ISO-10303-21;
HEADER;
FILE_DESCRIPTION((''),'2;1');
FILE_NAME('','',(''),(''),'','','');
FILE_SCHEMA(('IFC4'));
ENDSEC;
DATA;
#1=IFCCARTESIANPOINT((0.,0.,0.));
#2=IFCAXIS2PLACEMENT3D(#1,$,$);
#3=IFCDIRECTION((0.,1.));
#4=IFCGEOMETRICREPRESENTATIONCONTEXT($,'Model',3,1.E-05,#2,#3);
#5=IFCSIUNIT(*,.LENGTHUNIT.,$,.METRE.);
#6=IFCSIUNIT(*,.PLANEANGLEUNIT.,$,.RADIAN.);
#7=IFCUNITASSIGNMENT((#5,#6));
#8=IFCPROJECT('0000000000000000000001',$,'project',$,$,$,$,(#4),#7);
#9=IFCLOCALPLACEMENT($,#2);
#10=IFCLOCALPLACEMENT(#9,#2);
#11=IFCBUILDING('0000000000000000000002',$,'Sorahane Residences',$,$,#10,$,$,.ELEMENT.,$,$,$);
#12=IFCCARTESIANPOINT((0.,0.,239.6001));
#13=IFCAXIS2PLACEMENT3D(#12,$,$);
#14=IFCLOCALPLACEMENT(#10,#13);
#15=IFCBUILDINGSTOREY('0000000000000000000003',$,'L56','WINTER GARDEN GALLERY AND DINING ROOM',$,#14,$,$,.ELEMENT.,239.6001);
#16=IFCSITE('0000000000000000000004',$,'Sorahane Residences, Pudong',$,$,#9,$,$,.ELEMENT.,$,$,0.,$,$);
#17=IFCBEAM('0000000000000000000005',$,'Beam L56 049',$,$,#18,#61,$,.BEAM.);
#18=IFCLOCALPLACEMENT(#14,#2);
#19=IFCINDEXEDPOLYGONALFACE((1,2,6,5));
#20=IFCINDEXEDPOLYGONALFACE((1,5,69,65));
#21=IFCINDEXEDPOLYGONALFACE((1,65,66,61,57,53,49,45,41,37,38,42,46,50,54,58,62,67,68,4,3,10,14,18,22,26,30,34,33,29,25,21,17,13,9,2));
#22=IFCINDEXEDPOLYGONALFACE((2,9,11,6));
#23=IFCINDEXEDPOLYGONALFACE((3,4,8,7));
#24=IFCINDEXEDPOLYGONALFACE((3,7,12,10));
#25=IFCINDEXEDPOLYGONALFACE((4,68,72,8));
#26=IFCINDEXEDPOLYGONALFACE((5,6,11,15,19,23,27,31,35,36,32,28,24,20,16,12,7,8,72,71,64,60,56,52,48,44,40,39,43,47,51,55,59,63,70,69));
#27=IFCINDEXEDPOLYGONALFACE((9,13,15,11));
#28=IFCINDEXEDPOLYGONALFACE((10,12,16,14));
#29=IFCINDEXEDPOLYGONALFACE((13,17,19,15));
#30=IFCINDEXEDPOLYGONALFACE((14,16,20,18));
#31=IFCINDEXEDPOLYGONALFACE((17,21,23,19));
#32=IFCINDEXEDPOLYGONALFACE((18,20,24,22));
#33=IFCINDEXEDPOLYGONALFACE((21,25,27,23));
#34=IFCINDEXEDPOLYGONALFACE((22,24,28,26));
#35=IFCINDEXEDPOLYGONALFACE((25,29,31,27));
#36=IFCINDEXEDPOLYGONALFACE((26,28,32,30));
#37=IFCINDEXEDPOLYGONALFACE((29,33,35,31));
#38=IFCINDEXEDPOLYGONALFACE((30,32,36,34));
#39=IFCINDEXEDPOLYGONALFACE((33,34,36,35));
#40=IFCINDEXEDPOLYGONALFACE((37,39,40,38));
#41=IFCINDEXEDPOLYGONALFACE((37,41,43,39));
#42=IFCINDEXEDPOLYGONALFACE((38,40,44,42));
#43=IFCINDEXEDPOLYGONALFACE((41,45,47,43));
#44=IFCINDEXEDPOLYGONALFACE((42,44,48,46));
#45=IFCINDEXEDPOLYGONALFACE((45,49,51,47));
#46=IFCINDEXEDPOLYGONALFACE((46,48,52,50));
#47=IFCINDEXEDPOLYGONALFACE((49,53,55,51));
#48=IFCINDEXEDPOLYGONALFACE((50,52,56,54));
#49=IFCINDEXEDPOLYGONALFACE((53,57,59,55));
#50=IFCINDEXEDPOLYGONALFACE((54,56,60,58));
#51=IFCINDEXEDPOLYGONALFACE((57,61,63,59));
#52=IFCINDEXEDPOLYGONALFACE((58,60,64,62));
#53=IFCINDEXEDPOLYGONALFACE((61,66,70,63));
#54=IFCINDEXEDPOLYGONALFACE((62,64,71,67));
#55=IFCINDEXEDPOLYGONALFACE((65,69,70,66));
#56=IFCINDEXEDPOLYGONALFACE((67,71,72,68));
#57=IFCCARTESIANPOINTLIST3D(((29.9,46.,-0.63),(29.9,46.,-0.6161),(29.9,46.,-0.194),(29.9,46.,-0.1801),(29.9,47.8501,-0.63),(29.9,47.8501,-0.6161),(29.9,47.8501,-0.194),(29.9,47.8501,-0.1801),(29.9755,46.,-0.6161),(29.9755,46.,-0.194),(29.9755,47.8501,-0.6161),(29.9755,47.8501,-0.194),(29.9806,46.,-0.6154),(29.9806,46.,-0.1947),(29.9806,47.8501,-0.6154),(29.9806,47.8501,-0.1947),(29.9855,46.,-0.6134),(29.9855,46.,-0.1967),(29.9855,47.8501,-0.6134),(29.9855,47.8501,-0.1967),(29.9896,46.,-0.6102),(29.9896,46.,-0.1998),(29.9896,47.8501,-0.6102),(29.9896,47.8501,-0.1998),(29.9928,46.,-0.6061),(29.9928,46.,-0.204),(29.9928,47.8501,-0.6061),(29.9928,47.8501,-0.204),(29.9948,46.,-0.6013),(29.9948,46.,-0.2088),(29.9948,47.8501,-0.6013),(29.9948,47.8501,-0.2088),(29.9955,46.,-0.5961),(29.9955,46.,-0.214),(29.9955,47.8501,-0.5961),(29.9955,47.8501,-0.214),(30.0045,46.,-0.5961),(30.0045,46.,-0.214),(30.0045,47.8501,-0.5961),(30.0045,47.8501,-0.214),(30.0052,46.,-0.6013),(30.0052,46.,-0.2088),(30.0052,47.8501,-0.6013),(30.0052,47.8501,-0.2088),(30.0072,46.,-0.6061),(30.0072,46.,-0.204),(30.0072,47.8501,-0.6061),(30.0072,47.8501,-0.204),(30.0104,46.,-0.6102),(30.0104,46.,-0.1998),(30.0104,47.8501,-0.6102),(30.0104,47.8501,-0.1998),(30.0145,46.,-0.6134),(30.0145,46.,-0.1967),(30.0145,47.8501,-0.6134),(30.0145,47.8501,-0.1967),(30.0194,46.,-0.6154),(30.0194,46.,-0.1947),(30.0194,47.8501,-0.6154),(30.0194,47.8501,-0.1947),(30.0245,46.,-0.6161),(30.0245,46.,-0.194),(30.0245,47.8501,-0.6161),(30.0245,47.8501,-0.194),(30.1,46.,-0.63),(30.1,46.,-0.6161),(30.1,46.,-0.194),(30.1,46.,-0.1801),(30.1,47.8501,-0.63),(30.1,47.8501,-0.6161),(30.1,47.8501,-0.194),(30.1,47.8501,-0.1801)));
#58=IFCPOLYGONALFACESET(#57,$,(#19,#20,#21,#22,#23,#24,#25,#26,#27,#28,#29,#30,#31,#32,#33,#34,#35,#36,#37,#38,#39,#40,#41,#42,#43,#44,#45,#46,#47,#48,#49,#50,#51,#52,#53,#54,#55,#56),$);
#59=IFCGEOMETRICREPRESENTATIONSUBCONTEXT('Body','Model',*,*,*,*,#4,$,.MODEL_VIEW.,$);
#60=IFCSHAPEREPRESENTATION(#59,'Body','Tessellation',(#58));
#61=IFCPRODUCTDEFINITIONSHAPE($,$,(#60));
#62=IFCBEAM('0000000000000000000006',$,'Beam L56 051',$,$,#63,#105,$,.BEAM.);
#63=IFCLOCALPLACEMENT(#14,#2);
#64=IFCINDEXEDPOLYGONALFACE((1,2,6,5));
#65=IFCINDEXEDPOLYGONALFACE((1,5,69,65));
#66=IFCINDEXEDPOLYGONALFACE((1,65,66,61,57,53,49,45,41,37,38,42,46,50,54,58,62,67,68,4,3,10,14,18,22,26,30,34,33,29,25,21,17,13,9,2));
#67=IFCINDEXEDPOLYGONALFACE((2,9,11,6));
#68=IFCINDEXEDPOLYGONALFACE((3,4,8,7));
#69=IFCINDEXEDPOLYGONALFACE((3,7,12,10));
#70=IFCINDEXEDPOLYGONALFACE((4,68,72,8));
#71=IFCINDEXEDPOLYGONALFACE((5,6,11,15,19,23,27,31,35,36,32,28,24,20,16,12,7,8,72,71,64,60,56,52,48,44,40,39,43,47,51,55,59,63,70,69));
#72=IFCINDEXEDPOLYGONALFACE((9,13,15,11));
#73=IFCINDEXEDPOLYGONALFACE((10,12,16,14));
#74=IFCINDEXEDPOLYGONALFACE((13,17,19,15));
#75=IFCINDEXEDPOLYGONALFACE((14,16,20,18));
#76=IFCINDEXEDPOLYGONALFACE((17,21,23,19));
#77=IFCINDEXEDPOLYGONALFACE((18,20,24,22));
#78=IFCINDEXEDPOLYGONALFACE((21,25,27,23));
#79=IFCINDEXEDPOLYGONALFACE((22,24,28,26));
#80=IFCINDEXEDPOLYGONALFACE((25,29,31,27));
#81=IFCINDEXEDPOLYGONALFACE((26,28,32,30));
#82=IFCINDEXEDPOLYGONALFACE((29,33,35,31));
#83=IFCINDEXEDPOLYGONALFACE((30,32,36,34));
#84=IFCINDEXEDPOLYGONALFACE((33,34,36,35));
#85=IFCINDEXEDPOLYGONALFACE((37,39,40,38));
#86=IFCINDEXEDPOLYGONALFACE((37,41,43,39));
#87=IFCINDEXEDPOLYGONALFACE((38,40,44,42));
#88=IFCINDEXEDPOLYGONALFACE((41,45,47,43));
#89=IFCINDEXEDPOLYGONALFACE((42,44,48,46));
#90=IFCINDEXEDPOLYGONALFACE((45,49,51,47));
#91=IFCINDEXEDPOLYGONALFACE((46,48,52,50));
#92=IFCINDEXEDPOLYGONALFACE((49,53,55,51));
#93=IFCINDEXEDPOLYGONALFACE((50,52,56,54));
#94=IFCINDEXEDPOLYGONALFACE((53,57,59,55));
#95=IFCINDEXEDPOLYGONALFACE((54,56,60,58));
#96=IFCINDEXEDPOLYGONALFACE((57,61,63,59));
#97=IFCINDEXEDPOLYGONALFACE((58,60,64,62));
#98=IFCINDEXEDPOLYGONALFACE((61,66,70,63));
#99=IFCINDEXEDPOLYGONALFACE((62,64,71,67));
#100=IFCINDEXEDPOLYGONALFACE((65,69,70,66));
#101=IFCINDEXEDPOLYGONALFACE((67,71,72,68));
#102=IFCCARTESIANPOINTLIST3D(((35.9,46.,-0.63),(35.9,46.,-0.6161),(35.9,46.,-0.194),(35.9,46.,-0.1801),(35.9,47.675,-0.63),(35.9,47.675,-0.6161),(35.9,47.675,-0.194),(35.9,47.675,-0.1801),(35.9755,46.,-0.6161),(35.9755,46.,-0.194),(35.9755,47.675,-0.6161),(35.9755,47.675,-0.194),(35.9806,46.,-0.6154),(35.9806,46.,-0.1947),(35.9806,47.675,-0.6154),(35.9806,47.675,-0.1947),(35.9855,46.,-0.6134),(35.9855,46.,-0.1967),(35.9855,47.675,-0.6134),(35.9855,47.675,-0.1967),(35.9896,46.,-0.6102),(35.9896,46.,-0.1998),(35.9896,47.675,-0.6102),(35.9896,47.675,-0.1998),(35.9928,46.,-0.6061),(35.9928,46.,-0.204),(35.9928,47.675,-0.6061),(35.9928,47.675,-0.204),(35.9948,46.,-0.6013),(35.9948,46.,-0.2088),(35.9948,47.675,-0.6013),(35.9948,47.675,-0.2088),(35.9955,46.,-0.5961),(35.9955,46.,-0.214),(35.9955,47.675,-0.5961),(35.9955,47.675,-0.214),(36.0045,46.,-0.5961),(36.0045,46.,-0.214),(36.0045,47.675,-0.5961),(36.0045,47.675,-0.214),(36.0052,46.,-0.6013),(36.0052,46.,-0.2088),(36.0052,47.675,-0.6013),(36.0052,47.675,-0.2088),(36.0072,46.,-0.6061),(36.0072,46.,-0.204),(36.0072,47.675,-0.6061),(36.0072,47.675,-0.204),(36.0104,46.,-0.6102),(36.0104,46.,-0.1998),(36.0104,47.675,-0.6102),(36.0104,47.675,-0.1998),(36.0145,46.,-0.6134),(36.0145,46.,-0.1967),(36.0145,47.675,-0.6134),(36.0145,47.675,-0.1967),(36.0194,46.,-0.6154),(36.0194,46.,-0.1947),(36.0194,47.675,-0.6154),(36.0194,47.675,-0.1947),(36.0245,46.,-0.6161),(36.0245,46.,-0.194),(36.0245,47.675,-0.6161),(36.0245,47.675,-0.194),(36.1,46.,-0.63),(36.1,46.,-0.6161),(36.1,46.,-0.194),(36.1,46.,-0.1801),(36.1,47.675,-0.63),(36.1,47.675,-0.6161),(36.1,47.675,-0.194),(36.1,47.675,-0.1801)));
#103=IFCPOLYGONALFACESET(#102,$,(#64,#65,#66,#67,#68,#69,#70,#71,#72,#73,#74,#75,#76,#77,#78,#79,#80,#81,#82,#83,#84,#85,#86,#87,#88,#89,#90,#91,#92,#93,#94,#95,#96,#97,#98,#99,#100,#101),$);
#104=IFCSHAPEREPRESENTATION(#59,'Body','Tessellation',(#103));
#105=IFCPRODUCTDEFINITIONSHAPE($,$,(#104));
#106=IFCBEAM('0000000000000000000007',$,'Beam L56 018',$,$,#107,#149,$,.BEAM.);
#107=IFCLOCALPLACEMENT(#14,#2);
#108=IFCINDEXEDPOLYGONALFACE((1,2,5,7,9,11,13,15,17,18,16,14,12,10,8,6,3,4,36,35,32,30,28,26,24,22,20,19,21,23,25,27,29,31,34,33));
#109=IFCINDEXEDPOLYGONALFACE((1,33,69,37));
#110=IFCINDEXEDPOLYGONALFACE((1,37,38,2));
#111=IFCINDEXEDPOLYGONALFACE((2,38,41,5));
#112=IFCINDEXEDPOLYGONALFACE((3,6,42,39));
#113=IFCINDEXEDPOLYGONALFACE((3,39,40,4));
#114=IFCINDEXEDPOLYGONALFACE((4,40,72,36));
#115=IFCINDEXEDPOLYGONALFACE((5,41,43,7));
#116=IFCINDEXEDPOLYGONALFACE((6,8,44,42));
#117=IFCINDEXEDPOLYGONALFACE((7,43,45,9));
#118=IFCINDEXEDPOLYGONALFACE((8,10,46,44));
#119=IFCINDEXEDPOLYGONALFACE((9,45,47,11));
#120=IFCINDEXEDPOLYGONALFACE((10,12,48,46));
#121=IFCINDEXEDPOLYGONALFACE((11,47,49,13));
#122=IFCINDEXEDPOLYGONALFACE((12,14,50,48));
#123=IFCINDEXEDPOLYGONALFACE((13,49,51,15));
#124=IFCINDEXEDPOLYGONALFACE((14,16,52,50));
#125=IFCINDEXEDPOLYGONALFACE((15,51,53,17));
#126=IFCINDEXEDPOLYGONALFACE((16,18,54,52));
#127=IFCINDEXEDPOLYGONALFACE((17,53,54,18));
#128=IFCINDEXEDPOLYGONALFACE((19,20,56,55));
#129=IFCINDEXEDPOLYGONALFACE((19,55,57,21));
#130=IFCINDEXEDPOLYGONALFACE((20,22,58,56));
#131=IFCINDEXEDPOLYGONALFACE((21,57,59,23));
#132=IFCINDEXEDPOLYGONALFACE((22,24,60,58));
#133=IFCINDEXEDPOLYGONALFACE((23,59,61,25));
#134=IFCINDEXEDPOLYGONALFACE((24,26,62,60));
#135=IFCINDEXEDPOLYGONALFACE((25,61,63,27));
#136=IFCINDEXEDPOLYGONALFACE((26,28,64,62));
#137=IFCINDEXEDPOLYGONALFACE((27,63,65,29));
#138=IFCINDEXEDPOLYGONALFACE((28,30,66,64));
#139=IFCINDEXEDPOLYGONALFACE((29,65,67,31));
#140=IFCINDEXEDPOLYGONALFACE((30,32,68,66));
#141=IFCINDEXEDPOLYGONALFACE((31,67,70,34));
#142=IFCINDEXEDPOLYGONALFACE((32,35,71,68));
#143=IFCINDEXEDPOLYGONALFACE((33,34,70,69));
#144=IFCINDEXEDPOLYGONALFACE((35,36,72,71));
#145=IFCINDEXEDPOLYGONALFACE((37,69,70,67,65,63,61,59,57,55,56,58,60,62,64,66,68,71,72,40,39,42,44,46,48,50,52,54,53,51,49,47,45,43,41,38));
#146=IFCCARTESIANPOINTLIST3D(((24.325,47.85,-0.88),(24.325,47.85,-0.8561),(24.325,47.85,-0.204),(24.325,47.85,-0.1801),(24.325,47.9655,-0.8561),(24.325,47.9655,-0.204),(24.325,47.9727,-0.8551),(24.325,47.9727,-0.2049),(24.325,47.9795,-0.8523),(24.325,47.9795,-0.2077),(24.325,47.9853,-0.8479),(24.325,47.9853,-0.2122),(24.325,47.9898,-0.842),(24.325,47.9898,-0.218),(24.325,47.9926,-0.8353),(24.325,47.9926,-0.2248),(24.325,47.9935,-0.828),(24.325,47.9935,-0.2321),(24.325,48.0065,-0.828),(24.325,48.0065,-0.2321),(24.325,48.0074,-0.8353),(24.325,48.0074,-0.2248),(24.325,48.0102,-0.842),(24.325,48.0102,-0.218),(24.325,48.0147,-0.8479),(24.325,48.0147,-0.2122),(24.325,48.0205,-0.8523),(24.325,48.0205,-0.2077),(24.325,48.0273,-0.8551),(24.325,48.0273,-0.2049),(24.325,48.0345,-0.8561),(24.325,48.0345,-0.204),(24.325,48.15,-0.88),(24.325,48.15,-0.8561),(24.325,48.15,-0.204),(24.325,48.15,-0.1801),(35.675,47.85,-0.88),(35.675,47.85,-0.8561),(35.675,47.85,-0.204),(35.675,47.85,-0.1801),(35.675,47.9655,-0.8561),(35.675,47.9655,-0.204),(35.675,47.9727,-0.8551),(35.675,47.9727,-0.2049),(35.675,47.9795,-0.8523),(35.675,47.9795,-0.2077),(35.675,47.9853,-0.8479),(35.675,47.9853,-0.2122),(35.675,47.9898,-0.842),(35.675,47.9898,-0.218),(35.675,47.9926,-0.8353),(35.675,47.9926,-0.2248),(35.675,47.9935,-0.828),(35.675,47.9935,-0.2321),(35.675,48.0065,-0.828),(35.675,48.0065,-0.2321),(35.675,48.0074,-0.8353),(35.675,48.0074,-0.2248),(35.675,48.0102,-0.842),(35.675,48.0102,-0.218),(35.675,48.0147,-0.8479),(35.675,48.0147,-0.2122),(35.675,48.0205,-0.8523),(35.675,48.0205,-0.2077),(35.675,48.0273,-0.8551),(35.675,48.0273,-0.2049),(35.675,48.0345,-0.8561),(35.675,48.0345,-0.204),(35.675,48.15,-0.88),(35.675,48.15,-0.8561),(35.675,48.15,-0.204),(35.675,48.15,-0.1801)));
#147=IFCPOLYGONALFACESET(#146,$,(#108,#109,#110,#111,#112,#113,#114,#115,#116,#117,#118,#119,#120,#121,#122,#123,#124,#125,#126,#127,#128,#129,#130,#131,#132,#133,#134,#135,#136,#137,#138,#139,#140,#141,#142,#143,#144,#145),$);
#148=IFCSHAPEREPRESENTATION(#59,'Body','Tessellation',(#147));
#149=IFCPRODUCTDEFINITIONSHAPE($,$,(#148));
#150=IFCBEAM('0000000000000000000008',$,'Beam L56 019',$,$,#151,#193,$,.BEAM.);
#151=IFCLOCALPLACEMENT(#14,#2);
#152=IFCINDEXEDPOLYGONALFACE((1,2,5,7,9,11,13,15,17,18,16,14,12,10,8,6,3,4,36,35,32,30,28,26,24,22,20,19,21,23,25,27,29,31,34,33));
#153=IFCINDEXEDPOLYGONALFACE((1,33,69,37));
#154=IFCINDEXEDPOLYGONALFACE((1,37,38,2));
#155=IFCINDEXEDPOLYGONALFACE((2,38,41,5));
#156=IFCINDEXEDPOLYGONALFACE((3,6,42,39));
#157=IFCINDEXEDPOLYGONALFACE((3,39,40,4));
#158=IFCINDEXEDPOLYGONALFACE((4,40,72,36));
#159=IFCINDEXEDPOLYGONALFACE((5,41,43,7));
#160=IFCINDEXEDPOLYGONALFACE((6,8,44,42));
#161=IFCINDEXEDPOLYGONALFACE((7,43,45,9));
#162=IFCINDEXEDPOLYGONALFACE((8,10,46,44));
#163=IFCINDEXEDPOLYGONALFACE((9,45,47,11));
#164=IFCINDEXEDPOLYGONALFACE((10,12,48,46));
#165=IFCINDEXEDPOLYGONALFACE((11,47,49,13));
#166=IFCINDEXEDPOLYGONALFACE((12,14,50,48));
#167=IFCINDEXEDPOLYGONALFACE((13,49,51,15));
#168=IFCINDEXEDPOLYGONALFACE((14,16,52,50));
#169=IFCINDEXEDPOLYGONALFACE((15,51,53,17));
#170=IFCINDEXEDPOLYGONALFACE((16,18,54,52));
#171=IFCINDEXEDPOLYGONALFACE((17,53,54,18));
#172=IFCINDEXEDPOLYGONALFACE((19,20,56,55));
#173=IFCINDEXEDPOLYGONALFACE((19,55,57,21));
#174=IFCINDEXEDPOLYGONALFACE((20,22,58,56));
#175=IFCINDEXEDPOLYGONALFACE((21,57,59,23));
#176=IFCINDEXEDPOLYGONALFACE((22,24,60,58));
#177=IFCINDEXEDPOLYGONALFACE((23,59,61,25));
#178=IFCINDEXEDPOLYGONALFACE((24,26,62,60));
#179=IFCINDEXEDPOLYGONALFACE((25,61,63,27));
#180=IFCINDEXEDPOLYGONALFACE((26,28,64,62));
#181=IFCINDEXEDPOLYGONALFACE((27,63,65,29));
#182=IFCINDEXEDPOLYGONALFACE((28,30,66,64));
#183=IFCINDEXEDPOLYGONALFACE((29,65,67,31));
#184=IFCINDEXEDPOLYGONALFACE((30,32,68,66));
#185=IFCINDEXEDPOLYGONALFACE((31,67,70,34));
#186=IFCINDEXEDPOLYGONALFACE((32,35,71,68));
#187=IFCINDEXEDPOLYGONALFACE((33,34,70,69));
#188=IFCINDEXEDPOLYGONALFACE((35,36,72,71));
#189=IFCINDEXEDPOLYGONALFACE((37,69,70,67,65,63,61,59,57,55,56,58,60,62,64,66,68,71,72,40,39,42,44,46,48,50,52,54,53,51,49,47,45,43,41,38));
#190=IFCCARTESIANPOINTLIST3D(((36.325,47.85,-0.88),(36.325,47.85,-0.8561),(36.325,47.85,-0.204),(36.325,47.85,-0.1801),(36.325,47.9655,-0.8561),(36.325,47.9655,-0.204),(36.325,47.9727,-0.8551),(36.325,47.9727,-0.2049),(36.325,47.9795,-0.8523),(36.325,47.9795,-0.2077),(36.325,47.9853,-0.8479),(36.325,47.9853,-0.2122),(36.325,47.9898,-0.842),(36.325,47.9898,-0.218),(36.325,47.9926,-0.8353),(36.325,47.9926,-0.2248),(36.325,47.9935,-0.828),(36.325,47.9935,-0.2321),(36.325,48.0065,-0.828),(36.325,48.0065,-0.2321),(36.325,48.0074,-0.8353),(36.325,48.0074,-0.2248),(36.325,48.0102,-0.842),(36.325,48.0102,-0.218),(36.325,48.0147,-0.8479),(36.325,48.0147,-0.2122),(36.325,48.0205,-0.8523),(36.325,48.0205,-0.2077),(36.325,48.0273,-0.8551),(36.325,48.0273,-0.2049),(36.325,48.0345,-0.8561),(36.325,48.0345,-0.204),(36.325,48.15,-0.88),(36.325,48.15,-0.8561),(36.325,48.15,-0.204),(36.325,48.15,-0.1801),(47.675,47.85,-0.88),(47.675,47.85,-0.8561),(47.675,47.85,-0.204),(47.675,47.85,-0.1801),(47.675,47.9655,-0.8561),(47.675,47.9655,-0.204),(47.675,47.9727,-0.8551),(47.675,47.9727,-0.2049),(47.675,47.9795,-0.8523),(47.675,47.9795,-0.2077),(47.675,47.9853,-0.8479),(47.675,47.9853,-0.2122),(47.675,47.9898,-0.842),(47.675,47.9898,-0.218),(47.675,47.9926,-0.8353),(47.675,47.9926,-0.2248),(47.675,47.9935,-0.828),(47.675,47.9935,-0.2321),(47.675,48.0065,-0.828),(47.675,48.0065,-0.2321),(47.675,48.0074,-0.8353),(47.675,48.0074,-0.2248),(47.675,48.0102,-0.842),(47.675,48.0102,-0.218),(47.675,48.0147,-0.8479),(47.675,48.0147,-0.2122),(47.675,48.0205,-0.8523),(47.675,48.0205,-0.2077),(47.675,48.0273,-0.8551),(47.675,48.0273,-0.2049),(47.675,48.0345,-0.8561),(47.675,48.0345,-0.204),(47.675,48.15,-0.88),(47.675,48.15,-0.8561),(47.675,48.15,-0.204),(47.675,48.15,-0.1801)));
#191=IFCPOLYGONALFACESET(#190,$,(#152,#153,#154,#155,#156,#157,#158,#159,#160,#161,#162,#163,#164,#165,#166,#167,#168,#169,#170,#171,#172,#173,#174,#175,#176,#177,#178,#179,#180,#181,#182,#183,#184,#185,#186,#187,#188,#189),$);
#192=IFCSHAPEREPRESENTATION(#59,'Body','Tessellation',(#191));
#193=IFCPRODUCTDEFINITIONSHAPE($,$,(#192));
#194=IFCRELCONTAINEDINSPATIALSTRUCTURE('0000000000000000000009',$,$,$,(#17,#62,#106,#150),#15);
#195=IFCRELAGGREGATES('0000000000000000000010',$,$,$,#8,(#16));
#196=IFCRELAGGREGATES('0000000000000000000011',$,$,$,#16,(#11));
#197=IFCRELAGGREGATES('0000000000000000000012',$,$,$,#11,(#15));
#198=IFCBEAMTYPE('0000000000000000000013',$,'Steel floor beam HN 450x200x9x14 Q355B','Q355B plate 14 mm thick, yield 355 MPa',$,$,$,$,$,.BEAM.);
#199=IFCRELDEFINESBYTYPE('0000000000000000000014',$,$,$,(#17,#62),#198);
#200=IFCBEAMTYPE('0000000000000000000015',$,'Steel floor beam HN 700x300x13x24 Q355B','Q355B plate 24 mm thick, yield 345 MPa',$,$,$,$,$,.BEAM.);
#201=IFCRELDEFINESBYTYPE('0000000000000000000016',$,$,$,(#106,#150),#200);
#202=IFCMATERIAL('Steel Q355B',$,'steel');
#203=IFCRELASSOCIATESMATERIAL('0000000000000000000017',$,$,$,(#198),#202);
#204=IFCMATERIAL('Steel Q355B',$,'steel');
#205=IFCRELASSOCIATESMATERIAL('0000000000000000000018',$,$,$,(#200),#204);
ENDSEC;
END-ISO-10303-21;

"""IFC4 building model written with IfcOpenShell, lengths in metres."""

from ifc_helpers import new_model, si_unit, direction, frame, origin, origin_2d, place, context, subcontext, project, spatial, i_section, extrude, material, material_profile, profile_set, type_object, element, save


model = new_model("IFC4")

# Units and contexts
model_context = context("Model", 3, precision=1e-05, world=origin(), true_north=direction((0.0, 1.0)))
body_context = subcontext(model_context, "Body", "Model", "MODEL_VIEW")
ifc_project = project(units=[si_unit("LENGTHUNIT", "METRE"), si_unit("PLANEANGLEUNIT", "RADIAN")], contexts=[model_context])

# Site, building, storey
site_placement = place(None, origin())
site = spatial("IfcSite", under=ifc_project, at=site_placement, Name="Sorahane Residences, Pudong", CompositionType="ELEMENT", RefElevation=0.0)
building_placement = place(site_placement, origin())
building = spatial("IfcBuilding", under=site, at=building_placement, Name="Sorahane Residences", CompositionType="ELEMENT")
storey_placement = place(building_placement, frame((0.0, 0.0, 239.6001)))
storey = spatial("IfcBuildingStorey", under=building, at=storey_placement, Name="L56", Description="WINTER GARDEN GALLERY AND DINING ROOM", CompositionType="ELEMENT", Elevation=239.6001)

# Beams
ifc_material_1 = material(Name="Steel Q355B", Category="steel")
ifc_material_profile_1 = material_profile(ifc_material_1, i_section(OverallWidth=0.2, OverallDepth=0.45, WebThickness=0.009, FlangeThickness=0.0139, FilletRadius=0.02, at=origin_2d()), Name="HN 450x200x9x14")
ifc_profile_set_1 = profile_set([ifc_material_profile_1], Name="Steel Q355B")
beam_type_1 = type_object("IfcBeamType", Name="Steel floor beam HN 450x200x9x14 Q355B", Description="Q355B plate 14 mm thick, yield 355 MPa", PredefinedType="BEAM", material=ifc_profile_set_1)
beam_1_placement = place(storey_placement, frame((30.0, 46.0, -0.405), z_axis=(0.0, 1.0, 0.0), x_axis=(-1.0, 0.0, 0.0)))
element("IfcBeam", 1, at=beam_1_placement, inside=storey, type_object=beam_type_1, Name="Beam L56 049", PredefinedType="BEAM", context=body_context, shape_type="SweptSolid", body=[
    extrude(i_section(OverallWidth=0.2, OverallDepth=0.45, WebThickness=0.009, FlangeThickness=0.0139, FilletRadius=0.02, at=origin_2d()), origin(), (0.0, 0.0, 1.0), 1.8501),
])
beam_2_placement = place(storey_placement, frame((36.0, 46.0, -0.405), z_axis=(0.0, 1.0, 0.0), x_axis=(-1.0, 0.0, 0.0)))
element("IfcBeam", 2, at=beam_2_placement, inside=storey, type_object=beam_type_1, Name="Beam L56 051", PredefinedType="BEAM", context=body_context, shape_type="SweptSolid", body=[
    extrude(i_section(OverallWidth=0.2, OverallDepth=0.45, WebThickness=0.009, FlangeThickness=0.0139, FilletRadius=0.02, at=origin_2d()), origin(), (0.0, 0.0, 1.0), 1.675),
])
ifc_material_2 = material(Name="Steel Q355B", Category="steel")
ifc_material_profile_2 = material_profile(ifc_material_2, i_section(OverallWidth=0.3, OverallDepth=0.7, WebThickness=0.0129, FlangeThickness=0.0239, FilletRadius=0.0281, at=origin_2d()), Name="HN 700x300x13x24")
ifc_profile_set_2 = profile_set([ifc_material_profile_2], Name="Steel Q355B")
beam_type_2 = type_object("IfcBeamType", Name="Steel floor beam HN 700x300x13x24 Q355B", Description="Q355B plate 24 mm thick, yield 345 MPa", PredefinedType="BEAM", material=ifc_profile_set_2)
for number, where, z_axis, x_axis, name in (
    (3, (24.325, 48.0, -0.53), (1.0, 0.0, 0.0), (0.0, 1.0, 0.0), "Beam L56 018"),
    (4, (36.325, 48.0, -0.53), (1.0, 0.0, 0.0), (0.0, 1.0, 0.0), "Beam L56 019"),
):
    element("IfcBeam", number, at=place(storey_placement, frame(where, z_axis=z_axis, x_axis=x_axis)), inside=storey, type_object=beam_type_2, Name=name, PredefinedType="BEAM", context=body_context, shape_type="SweptSolid", body=[
        extrude(i_section(OverallWidth=0.3, OverallDepth=0.7, WebThickness=0.0129, FlangeThickness=0.0239, FilletRadius=0.0281, at=origin_2d()), origin(), (0.0, 0.0, 1.0), 11.3501),
    ])

save(model, "model.ifc")
